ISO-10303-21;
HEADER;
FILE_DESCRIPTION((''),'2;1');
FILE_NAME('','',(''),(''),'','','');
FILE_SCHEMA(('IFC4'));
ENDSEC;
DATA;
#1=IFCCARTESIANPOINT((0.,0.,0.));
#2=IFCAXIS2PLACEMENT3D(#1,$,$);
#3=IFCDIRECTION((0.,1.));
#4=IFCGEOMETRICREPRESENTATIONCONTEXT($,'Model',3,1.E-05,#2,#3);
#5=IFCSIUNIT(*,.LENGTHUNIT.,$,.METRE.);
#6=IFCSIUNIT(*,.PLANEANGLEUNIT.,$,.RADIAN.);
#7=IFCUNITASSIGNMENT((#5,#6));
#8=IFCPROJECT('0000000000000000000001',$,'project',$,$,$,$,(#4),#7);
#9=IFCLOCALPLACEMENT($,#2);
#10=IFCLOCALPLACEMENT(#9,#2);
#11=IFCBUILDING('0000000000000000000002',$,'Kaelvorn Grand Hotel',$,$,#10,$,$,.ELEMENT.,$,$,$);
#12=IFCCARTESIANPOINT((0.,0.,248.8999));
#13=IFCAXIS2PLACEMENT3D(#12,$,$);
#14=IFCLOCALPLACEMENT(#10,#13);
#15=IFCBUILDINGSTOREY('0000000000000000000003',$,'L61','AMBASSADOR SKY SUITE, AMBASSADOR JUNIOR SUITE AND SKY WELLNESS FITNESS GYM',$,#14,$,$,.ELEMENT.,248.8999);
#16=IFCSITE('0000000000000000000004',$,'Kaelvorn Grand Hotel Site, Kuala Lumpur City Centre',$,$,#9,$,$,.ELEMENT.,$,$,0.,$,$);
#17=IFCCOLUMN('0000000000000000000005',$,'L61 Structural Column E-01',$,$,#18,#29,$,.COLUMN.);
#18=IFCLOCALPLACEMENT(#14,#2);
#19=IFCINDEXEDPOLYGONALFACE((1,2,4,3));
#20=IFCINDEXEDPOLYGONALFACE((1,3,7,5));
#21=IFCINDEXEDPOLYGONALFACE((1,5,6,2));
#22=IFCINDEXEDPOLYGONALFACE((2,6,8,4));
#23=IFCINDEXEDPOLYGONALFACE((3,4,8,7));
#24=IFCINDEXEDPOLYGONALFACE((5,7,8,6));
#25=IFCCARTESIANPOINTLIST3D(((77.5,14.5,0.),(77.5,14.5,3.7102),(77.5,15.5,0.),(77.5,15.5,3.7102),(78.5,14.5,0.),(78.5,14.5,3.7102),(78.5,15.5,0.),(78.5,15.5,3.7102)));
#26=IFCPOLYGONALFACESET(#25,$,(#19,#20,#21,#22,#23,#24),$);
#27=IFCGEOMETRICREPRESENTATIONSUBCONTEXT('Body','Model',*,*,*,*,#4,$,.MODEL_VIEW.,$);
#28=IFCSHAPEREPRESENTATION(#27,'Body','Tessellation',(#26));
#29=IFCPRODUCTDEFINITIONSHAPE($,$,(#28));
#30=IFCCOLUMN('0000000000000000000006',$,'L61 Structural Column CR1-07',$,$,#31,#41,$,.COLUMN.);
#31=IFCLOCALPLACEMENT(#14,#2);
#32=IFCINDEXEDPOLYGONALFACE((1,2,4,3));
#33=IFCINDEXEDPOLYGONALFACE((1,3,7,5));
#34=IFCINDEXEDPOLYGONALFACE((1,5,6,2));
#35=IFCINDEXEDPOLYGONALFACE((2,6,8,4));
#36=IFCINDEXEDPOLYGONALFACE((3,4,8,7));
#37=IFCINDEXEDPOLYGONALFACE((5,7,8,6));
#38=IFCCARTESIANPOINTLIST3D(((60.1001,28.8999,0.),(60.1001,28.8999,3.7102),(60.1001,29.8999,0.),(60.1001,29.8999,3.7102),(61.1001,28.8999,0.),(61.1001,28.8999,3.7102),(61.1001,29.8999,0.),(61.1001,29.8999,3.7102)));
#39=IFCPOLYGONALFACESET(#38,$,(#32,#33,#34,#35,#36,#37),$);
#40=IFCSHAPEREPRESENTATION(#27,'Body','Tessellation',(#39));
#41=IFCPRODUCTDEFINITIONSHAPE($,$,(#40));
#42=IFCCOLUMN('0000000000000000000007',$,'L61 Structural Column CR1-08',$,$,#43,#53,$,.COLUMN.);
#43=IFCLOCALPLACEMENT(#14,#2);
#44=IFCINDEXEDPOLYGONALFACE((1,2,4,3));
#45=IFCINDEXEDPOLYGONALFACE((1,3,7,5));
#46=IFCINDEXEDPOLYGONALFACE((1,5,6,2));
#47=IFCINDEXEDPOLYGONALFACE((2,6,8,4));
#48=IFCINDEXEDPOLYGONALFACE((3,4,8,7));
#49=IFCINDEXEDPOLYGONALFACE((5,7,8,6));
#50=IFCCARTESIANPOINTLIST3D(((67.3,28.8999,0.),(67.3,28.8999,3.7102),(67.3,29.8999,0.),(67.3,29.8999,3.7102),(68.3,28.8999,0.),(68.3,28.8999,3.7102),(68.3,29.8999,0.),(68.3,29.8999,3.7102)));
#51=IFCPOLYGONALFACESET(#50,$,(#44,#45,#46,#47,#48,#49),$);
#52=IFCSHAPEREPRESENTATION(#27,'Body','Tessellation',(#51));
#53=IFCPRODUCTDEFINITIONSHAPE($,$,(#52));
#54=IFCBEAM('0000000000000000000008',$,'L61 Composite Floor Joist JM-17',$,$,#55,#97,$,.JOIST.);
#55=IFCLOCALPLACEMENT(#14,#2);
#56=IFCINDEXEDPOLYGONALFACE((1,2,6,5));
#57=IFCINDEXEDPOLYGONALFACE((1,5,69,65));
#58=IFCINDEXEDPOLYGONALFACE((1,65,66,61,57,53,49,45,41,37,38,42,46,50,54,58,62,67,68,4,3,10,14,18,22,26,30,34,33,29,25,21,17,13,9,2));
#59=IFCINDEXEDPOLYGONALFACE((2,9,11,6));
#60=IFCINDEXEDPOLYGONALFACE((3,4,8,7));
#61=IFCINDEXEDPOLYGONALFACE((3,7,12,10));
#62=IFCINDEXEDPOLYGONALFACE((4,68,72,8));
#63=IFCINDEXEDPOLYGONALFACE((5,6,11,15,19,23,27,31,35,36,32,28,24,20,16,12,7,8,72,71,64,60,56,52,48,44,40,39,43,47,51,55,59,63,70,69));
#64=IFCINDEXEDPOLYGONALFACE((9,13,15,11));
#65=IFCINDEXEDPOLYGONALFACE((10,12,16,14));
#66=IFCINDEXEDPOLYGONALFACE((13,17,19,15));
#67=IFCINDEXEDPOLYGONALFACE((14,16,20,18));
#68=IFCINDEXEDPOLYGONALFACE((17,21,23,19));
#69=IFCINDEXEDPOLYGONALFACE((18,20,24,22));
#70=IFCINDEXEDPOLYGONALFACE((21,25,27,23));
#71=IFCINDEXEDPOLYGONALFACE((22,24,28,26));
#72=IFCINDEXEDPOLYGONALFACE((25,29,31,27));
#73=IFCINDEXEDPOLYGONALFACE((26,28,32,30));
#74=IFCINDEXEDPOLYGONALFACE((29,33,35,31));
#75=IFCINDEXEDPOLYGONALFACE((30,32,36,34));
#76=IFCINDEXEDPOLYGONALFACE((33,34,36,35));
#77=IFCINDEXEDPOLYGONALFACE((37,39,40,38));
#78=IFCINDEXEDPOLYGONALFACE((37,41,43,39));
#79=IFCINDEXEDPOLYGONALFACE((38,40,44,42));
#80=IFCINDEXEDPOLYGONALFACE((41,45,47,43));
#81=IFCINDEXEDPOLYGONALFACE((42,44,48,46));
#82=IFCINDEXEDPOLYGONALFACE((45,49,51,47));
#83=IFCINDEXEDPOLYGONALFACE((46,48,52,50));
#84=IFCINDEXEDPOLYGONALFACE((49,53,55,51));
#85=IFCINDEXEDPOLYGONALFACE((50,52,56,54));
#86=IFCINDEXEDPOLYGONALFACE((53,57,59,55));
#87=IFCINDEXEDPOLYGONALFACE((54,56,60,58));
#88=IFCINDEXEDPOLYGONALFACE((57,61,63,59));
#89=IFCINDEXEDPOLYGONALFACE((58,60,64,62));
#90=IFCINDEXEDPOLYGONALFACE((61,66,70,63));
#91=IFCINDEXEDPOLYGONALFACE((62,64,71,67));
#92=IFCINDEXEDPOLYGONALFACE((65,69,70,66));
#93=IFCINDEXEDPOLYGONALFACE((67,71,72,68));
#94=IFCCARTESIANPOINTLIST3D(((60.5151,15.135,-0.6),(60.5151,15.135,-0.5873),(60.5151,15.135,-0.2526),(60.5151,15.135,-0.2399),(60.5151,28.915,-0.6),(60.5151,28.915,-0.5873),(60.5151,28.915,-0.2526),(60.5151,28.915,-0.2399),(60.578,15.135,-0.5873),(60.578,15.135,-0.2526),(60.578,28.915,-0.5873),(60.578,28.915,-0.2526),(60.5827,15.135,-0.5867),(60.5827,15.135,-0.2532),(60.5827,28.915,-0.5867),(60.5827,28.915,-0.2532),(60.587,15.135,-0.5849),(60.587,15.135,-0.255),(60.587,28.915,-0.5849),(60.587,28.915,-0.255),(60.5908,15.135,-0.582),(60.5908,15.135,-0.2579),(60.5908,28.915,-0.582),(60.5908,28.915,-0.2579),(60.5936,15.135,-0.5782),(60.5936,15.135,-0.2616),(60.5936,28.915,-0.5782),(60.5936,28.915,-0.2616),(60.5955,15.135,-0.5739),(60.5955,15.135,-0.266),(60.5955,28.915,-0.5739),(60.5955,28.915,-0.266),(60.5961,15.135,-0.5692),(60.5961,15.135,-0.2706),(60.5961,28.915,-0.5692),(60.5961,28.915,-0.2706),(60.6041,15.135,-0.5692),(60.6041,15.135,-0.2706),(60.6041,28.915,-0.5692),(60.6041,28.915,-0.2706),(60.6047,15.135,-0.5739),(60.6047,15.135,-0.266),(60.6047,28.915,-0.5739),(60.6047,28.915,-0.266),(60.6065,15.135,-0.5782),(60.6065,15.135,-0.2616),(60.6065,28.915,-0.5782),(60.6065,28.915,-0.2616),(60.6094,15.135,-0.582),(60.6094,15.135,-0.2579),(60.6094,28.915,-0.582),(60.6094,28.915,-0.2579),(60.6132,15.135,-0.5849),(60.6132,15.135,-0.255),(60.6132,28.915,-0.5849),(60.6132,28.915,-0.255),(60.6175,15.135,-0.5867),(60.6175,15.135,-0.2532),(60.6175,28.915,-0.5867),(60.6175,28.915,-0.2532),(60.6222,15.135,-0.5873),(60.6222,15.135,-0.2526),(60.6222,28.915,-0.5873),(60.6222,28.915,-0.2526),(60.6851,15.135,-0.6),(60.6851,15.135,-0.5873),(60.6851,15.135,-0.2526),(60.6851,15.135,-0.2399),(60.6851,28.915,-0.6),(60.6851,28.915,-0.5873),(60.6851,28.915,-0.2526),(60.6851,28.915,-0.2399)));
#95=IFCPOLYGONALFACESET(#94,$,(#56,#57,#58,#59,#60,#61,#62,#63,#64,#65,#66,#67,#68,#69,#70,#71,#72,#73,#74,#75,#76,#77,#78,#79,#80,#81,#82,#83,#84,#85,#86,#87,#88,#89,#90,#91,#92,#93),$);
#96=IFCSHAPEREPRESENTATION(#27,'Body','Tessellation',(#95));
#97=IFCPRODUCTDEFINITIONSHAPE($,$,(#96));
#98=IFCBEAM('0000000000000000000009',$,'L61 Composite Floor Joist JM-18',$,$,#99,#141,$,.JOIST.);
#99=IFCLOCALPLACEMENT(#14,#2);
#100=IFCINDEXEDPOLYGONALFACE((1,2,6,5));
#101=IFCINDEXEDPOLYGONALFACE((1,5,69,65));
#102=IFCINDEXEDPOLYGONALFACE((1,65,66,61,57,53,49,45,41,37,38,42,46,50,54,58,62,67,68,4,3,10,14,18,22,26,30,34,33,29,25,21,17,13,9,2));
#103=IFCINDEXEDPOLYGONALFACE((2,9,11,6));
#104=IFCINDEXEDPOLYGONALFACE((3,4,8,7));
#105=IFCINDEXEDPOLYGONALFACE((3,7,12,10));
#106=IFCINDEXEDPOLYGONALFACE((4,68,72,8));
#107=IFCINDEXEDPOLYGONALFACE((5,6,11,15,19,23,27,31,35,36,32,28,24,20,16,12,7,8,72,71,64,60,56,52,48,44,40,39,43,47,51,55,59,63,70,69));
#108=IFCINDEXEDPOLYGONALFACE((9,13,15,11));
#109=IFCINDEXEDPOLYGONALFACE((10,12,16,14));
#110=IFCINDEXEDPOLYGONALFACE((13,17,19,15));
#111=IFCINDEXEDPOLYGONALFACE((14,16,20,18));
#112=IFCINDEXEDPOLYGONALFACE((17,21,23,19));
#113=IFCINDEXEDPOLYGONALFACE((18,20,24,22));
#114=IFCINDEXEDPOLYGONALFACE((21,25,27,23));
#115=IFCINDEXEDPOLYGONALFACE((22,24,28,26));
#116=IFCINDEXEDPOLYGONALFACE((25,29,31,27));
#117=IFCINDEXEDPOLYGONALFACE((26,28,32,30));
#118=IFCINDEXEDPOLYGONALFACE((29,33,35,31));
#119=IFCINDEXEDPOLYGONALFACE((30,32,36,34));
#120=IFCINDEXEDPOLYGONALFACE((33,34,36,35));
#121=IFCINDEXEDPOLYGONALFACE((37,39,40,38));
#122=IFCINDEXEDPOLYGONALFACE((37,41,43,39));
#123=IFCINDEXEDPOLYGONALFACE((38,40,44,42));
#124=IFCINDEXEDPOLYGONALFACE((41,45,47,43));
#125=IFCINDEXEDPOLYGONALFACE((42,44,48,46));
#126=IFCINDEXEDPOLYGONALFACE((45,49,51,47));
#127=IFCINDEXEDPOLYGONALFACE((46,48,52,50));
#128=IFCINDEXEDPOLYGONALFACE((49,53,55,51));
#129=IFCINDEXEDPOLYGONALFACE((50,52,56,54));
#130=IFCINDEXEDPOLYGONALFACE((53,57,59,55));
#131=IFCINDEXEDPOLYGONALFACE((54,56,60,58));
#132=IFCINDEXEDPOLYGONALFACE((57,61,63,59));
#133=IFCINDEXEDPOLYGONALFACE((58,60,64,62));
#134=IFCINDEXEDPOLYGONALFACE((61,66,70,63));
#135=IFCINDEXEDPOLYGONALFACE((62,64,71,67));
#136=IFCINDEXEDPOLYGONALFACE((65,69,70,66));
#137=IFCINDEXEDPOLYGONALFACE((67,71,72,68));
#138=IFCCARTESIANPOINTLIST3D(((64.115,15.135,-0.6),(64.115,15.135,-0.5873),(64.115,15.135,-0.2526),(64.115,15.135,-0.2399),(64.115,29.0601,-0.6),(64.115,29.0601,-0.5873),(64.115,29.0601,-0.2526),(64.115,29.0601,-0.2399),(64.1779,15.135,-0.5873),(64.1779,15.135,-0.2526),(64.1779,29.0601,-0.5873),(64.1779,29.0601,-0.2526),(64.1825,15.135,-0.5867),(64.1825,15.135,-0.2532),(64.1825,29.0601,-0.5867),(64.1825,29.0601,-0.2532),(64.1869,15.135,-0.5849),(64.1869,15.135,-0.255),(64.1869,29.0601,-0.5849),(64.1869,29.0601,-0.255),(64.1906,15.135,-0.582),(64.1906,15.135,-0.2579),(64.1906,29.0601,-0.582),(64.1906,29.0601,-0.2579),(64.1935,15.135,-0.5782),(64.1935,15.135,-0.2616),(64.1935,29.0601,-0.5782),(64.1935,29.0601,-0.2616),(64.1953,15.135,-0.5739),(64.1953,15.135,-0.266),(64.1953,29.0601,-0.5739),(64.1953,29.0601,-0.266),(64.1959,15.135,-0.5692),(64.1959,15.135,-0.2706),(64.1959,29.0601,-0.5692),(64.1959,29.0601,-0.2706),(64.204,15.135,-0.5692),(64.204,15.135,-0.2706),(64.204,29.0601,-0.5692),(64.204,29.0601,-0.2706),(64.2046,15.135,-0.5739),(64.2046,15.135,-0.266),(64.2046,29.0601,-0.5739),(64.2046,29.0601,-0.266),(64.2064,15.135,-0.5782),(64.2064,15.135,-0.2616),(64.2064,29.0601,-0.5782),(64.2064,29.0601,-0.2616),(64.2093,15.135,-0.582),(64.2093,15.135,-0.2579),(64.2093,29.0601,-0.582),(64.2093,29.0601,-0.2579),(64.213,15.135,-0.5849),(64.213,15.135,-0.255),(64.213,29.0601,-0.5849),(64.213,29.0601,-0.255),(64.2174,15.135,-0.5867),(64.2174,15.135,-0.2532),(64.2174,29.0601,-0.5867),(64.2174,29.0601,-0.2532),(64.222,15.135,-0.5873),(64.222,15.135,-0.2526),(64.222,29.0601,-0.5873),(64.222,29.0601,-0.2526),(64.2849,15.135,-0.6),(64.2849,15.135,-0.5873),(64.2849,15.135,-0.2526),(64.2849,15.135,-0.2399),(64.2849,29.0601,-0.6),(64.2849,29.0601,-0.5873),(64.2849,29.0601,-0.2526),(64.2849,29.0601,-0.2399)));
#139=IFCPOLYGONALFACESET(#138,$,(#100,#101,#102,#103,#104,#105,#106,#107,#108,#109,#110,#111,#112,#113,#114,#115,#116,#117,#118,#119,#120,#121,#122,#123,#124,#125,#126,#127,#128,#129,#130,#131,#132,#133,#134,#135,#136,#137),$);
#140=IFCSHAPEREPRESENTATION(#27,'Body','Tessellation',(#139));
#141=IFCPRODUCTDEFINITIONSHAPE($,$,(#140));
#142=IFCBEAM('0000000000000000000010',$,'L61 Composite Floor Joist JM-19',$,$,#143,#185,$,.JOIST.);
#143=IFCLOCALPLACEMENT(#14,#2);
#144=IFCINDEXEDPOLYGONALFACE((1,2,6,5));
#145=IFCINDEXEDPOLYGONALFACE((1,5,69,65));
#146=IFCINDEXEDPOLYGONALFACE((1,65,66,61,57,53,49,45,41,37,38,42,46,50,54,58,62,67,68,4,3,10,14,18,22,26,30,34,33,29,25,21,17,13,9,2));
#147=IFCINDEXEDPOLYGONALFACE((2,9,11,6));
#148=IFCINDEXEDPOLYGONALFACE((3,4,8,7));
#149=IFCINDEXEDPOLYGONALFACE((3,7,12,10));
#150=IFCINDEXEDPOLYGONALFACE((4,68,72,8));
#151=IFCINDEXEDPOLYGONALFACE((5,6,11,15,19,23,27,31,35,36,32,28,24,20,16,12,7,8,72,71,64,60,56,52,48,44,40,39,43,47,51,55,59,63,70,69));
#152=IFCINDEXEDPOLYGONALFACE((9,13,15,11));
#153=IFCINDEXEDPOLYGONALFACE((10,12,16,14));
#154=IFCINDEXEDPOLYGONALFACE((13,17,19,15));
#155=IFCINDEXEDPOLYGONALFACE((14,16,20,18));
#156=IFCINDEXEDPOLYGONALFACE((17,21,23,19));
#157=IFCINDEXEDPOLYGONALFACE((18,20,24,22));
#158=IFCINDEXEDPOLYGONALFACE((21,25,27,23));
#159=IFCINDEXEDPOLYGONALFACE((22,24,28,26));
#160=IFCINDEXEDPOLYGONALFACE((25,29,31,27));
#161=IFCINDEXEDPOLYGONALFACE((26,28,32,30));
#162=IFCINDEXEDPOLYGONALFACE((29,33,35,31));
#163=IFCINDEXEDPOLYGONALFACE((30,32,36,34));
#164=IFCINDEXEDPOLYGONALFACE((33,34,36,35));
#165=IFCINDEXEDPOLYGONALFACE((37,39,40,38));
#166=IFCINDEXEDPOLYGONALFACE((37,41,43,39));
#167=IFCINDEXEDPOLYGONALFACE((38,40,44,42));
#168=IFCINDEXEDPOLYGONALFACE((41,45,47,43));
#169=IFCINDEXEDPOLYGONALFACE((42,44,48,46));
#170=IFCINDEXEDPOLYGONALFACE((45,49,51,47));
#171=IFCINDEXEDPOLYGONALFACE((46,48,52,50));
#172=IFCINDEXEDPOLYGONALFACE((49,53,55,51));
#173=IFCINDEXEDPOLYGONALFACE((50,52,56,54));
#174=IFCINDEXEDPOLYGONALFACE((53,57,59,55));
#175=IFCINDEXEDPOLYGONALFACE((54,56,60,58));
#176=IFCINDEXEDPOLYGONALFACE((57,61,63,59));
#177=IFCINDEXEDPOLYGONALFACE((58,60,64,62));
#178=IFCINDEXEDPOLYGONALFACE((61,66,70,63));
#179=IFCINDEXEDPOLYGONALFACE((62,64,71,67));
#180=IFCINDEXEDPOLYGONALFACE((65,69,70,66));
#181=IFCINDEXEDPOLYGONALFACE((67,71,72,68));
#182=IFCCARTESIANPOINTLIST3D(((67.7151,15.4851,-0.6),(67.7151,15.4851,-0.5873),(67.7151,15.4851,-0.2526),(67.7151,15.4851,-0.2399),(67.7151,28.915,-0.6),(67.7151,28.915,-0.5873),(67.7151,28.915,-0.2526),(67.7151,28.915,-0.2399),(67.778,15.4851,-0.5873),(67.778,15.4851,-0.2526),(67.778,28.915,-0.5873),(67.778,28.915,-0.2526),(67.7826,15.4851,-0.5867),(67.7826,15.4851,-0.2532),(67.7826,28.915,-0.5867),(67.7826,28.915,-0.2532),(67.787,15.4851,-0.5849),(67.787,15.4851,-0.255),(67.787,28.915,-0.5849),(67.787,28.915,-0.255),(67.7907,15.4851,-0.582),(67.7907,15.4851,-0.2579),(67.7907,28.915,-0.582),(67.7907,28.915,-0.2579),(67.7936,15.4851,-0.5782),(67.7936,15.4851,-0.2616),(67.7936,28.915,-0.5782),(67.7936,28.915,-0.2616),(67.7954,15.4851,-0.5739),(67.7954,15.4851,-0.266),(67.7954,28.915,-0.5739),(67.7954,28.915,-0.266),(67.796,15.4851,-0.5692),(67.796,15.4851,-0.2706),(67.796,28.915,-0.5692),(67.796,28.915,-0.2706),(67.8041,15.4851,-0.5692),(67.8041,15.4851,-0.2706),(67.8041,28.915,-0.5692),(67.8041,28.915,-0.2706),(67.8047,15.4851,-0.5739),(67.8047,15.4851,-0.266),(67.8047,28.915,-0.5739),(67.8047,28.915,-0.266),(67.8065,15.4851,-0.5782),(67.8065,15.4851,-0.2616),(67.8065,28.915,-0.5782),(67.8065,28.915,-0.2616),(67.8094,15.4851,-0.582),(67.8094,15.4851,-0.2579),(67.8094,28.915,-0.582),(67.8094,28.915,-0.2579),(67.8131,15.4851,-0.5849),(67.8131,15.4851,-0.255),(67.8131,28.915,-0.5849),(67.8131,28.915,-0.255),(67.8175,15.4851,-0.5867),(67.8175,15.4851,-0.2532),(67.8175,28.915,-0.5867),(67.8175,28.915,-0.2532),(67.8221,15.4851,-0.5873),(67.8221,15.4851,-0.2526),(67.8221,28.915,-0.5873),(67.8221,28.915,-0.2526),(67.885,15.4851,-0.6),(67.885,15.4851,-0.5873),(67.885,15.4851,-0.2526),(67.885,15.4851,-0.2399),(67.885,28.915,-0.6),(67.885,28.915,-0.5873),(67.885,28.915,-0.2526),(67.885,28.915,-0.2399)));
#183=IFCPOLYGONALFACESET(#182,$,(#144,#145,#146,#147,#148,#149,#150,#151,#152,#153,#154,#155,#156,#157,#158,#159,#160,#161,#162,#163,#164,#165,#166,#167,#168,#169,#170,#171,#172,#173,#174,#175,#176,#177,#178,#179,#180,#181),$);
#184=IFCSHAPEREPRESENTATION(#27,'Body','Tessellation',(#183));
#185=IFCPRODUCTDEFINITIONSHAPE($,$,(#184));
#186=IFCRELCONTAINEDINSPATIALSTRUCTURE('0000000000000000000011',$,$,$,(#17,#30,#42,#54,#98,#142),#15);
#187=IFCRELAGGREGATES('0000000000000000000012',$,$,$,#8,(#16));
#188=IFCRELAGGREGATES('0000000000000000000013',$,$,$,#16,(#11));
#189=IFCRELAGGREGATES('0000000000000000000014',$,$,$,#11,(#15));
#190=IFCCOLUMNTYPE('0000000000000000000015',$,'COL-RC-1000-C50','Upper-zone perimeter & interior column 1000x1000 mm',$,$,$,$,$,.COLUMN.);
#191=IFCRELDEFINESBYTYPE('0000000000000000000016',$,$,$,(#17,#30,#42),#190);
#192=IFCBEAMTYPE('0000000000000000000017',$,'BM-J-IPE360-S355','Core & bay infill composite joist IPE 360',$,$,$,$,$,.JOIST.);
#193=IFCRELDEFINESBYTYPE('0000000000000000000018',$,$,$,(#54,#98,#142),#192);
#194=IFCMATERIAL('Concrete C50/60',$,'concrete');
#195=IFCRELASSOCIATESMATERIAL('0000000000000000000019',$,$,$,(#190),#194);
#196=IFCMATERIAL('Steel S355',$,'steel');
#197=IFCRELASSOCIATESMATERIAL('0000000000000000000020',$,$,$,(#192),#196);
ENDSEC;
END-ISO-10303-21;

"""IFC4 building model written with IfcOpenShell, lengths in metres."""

from ifc_helpers import new_model, si_unit, direction, frame, origin, origin_2d, place, context, subcontext, project, spatial, rectangle, i_section, extrude, material, material_profile, profile_set, type_object, element, save


model = new_model("IFC4")

# Units and contexts
model_context = context("Model", 3, precision=1e-05, world=origin(), true_north=direction((0.0, 1.0)))
body_context = subcontext(model_context, "Body", "Model", "MODEL_VIEW")
ifc_project = project(units=[si_unit("LENGTHUNIT", "METRE"), si_unit("PLANEANGLEUNIT", "RADIAN")], contexts=[model_context])

# Site, building, storey
site_placement = place(None, origin())
site = spatial("IfcSite", under=ifc_project, at=site_placement, Name="Kaelvorn Grand Hotel Site, Kuala Lumpur City Centre", CompositionType="ELEMENT", RefElevation=0.0)
building_placement = place(site_placement, origin())
building = spatial("IfcBuilding", under=site, at=building_placement, Name="Kaelvorn Grand Hotel", CompositionType="ELEMENT")
storey_placement = place(building_placement, frame((0.0, 0.0, 248.8999)))
storey = spatial("IfcBuildingStorey", under=building, at=storey_placement, Name="L61", Description="AMBASSADOR SKY SUITE, AMBASSADOR JUNIOR SUITE AND SKY WELLNESS FITNESS GYM", CompositionType="ELEMENT", Elevation=248.8999)

# Columns
ifc_material_1 = material(Name="Concrete C50/60", Category="concrete")
ifc_material_profile_1 = material_profile(ifc_material_1, rectangle(XDim=1.0, YDim=1.0, at=origin_2d()), Name="RC COL 1000x1000")
ifc_profile_set_1 = profile_set([ifc_material_profile_1], Name="Concrete C50/60")
column_type = type_object("IfcColumnType", Name="COL-RC-1000-C50", Description="Upper-zone perimeter & interior column 1000x1000 mm", PredefinedType="COLUMN", material=ifc_profile_set_1)
for number, where, z_axis, x_axis, name in (
    (1, (78.0, 15.0, 0.0), (0.0, 0.0, 1.0), (1.0, 0.0, 0.0), "L61 Structural Column E-01"),
    (2, (60.6001, 29.3999, 0.0), (0.0, 0.0, 1.0), (1.0, 0.0, 0.0), "L61 Structural Column CR1-07"),
    (3, (67.8, 29.3999, 0.0), (0.0, 0.0, 1.0), (1.0, 0.0, 0.0), "L61 Structural Column CR1-08"),
):
    element("IfcColumn", number, at=place(storey_placement, frame(where, z_axis=z_axis, x_axis=x_axis)), inside=storey, type_object=column_type, Name=name, PredefinedType="COLUMN", context=body_context, shape_type="SweptSolid", body=[
        extrude(rectangle(XDim=1.0, YDim=1.0, at=origin_2d()), origin(), (0.0, 0.0, 1.0), 3.7102),
    ])

# Beams
ifc_material_2 = material(Name="Steel S355", Category="steel")
ifc_material_profile_2 = material_profile(ifc_material_2, i_section(OverallWidth=0.1699, OverallDepth=0.3601, WebThickness=0.0081, FlangeThickness=0.0127, FilletRadius=0.0181, at=origin_2d()), Name="IPE 360")
ifc_profile_set_2 = profile_set([ifc_material_profile_2], Name="Steel S355")
beam_type_1 = type_object("IfcBeamType", Name="BM-J-IPE360-S355", Description="Core & bay infill composite joist IPE 360", PredefinedType="JOIST", material=ifc_profile_set_2)
beam_1_placement = place(storey_placement, frame((60.6001, 15.135, -0.4199), z_axis=(0.0, 1.0, 0.0), x_axis=(-1.0, 0.0, 0.0)))
element("IfcBeam", 4, at=beam_1_placement, inside=storey, type_object=beam_type_1, Name="L61 Composite Floor Joist JM-17", PredefinedType="JOIST", context=body_context, shape_type="SweptSolid", body=[
    extrude(i_section(OverallWidth=0.1699, OverallDepth=0.3601, WebThickness=0.0081, FlangeThickness=0.0127, FilletRadius=0.0181, at=origin_2d()), origin(), (0.0, 0.0, 1.0), 13.78),
])
beam_2_placement = place(storey_placement, frame((64.2, 15.135, -0.4199), z_axis=(0.0, 1.0, 0.0), x_axis=(-1.0, 0.0, 0.0)))
element("IfcBeam", 5, at=beam_2_placement, inside=storey, type_object=beam_type_1, Name="L61 Composite Floor Joist JM-18", PredefinedType="JOIST", context=body_context, shape_type="SweptSolid", body=[
    extrude(i_section(OverallWidth=0.1699, OverallDepth=0.3601, WebThickness=0.0081, FlangeThickness=0.0127, FilletRadius=0.0181, at=origin_2d()), origin(), (0.0, 0.0, 1.0), 13.925),
])
beam_3_placement = place(storey_placement, frame((67.8, 15.4851, -0.4199), z_axis=(0.0, 1.0, 0.0), x_axis=(-1.0, 0.0, 0.0)))
element("IfcBeam", 6, at=beam_3_placement, inside=storey, type_object=beam_type_1, Name="L61 Composite Floor Joist JM-19", PredefinedType="JOIST", context=body_context, shape_type="SweptSolid", body=[
    extrude(i_section(OverallWidth=0.1699, OverallDepth=0.3601, WebThickness=0.0081, FlangeThickness=0.0127, FilletRadius=0.0181, at=origin_2d()), origin(), (0.0, 0.0, 1.0), 13.4299),
])

save(model, "model.ifc")
